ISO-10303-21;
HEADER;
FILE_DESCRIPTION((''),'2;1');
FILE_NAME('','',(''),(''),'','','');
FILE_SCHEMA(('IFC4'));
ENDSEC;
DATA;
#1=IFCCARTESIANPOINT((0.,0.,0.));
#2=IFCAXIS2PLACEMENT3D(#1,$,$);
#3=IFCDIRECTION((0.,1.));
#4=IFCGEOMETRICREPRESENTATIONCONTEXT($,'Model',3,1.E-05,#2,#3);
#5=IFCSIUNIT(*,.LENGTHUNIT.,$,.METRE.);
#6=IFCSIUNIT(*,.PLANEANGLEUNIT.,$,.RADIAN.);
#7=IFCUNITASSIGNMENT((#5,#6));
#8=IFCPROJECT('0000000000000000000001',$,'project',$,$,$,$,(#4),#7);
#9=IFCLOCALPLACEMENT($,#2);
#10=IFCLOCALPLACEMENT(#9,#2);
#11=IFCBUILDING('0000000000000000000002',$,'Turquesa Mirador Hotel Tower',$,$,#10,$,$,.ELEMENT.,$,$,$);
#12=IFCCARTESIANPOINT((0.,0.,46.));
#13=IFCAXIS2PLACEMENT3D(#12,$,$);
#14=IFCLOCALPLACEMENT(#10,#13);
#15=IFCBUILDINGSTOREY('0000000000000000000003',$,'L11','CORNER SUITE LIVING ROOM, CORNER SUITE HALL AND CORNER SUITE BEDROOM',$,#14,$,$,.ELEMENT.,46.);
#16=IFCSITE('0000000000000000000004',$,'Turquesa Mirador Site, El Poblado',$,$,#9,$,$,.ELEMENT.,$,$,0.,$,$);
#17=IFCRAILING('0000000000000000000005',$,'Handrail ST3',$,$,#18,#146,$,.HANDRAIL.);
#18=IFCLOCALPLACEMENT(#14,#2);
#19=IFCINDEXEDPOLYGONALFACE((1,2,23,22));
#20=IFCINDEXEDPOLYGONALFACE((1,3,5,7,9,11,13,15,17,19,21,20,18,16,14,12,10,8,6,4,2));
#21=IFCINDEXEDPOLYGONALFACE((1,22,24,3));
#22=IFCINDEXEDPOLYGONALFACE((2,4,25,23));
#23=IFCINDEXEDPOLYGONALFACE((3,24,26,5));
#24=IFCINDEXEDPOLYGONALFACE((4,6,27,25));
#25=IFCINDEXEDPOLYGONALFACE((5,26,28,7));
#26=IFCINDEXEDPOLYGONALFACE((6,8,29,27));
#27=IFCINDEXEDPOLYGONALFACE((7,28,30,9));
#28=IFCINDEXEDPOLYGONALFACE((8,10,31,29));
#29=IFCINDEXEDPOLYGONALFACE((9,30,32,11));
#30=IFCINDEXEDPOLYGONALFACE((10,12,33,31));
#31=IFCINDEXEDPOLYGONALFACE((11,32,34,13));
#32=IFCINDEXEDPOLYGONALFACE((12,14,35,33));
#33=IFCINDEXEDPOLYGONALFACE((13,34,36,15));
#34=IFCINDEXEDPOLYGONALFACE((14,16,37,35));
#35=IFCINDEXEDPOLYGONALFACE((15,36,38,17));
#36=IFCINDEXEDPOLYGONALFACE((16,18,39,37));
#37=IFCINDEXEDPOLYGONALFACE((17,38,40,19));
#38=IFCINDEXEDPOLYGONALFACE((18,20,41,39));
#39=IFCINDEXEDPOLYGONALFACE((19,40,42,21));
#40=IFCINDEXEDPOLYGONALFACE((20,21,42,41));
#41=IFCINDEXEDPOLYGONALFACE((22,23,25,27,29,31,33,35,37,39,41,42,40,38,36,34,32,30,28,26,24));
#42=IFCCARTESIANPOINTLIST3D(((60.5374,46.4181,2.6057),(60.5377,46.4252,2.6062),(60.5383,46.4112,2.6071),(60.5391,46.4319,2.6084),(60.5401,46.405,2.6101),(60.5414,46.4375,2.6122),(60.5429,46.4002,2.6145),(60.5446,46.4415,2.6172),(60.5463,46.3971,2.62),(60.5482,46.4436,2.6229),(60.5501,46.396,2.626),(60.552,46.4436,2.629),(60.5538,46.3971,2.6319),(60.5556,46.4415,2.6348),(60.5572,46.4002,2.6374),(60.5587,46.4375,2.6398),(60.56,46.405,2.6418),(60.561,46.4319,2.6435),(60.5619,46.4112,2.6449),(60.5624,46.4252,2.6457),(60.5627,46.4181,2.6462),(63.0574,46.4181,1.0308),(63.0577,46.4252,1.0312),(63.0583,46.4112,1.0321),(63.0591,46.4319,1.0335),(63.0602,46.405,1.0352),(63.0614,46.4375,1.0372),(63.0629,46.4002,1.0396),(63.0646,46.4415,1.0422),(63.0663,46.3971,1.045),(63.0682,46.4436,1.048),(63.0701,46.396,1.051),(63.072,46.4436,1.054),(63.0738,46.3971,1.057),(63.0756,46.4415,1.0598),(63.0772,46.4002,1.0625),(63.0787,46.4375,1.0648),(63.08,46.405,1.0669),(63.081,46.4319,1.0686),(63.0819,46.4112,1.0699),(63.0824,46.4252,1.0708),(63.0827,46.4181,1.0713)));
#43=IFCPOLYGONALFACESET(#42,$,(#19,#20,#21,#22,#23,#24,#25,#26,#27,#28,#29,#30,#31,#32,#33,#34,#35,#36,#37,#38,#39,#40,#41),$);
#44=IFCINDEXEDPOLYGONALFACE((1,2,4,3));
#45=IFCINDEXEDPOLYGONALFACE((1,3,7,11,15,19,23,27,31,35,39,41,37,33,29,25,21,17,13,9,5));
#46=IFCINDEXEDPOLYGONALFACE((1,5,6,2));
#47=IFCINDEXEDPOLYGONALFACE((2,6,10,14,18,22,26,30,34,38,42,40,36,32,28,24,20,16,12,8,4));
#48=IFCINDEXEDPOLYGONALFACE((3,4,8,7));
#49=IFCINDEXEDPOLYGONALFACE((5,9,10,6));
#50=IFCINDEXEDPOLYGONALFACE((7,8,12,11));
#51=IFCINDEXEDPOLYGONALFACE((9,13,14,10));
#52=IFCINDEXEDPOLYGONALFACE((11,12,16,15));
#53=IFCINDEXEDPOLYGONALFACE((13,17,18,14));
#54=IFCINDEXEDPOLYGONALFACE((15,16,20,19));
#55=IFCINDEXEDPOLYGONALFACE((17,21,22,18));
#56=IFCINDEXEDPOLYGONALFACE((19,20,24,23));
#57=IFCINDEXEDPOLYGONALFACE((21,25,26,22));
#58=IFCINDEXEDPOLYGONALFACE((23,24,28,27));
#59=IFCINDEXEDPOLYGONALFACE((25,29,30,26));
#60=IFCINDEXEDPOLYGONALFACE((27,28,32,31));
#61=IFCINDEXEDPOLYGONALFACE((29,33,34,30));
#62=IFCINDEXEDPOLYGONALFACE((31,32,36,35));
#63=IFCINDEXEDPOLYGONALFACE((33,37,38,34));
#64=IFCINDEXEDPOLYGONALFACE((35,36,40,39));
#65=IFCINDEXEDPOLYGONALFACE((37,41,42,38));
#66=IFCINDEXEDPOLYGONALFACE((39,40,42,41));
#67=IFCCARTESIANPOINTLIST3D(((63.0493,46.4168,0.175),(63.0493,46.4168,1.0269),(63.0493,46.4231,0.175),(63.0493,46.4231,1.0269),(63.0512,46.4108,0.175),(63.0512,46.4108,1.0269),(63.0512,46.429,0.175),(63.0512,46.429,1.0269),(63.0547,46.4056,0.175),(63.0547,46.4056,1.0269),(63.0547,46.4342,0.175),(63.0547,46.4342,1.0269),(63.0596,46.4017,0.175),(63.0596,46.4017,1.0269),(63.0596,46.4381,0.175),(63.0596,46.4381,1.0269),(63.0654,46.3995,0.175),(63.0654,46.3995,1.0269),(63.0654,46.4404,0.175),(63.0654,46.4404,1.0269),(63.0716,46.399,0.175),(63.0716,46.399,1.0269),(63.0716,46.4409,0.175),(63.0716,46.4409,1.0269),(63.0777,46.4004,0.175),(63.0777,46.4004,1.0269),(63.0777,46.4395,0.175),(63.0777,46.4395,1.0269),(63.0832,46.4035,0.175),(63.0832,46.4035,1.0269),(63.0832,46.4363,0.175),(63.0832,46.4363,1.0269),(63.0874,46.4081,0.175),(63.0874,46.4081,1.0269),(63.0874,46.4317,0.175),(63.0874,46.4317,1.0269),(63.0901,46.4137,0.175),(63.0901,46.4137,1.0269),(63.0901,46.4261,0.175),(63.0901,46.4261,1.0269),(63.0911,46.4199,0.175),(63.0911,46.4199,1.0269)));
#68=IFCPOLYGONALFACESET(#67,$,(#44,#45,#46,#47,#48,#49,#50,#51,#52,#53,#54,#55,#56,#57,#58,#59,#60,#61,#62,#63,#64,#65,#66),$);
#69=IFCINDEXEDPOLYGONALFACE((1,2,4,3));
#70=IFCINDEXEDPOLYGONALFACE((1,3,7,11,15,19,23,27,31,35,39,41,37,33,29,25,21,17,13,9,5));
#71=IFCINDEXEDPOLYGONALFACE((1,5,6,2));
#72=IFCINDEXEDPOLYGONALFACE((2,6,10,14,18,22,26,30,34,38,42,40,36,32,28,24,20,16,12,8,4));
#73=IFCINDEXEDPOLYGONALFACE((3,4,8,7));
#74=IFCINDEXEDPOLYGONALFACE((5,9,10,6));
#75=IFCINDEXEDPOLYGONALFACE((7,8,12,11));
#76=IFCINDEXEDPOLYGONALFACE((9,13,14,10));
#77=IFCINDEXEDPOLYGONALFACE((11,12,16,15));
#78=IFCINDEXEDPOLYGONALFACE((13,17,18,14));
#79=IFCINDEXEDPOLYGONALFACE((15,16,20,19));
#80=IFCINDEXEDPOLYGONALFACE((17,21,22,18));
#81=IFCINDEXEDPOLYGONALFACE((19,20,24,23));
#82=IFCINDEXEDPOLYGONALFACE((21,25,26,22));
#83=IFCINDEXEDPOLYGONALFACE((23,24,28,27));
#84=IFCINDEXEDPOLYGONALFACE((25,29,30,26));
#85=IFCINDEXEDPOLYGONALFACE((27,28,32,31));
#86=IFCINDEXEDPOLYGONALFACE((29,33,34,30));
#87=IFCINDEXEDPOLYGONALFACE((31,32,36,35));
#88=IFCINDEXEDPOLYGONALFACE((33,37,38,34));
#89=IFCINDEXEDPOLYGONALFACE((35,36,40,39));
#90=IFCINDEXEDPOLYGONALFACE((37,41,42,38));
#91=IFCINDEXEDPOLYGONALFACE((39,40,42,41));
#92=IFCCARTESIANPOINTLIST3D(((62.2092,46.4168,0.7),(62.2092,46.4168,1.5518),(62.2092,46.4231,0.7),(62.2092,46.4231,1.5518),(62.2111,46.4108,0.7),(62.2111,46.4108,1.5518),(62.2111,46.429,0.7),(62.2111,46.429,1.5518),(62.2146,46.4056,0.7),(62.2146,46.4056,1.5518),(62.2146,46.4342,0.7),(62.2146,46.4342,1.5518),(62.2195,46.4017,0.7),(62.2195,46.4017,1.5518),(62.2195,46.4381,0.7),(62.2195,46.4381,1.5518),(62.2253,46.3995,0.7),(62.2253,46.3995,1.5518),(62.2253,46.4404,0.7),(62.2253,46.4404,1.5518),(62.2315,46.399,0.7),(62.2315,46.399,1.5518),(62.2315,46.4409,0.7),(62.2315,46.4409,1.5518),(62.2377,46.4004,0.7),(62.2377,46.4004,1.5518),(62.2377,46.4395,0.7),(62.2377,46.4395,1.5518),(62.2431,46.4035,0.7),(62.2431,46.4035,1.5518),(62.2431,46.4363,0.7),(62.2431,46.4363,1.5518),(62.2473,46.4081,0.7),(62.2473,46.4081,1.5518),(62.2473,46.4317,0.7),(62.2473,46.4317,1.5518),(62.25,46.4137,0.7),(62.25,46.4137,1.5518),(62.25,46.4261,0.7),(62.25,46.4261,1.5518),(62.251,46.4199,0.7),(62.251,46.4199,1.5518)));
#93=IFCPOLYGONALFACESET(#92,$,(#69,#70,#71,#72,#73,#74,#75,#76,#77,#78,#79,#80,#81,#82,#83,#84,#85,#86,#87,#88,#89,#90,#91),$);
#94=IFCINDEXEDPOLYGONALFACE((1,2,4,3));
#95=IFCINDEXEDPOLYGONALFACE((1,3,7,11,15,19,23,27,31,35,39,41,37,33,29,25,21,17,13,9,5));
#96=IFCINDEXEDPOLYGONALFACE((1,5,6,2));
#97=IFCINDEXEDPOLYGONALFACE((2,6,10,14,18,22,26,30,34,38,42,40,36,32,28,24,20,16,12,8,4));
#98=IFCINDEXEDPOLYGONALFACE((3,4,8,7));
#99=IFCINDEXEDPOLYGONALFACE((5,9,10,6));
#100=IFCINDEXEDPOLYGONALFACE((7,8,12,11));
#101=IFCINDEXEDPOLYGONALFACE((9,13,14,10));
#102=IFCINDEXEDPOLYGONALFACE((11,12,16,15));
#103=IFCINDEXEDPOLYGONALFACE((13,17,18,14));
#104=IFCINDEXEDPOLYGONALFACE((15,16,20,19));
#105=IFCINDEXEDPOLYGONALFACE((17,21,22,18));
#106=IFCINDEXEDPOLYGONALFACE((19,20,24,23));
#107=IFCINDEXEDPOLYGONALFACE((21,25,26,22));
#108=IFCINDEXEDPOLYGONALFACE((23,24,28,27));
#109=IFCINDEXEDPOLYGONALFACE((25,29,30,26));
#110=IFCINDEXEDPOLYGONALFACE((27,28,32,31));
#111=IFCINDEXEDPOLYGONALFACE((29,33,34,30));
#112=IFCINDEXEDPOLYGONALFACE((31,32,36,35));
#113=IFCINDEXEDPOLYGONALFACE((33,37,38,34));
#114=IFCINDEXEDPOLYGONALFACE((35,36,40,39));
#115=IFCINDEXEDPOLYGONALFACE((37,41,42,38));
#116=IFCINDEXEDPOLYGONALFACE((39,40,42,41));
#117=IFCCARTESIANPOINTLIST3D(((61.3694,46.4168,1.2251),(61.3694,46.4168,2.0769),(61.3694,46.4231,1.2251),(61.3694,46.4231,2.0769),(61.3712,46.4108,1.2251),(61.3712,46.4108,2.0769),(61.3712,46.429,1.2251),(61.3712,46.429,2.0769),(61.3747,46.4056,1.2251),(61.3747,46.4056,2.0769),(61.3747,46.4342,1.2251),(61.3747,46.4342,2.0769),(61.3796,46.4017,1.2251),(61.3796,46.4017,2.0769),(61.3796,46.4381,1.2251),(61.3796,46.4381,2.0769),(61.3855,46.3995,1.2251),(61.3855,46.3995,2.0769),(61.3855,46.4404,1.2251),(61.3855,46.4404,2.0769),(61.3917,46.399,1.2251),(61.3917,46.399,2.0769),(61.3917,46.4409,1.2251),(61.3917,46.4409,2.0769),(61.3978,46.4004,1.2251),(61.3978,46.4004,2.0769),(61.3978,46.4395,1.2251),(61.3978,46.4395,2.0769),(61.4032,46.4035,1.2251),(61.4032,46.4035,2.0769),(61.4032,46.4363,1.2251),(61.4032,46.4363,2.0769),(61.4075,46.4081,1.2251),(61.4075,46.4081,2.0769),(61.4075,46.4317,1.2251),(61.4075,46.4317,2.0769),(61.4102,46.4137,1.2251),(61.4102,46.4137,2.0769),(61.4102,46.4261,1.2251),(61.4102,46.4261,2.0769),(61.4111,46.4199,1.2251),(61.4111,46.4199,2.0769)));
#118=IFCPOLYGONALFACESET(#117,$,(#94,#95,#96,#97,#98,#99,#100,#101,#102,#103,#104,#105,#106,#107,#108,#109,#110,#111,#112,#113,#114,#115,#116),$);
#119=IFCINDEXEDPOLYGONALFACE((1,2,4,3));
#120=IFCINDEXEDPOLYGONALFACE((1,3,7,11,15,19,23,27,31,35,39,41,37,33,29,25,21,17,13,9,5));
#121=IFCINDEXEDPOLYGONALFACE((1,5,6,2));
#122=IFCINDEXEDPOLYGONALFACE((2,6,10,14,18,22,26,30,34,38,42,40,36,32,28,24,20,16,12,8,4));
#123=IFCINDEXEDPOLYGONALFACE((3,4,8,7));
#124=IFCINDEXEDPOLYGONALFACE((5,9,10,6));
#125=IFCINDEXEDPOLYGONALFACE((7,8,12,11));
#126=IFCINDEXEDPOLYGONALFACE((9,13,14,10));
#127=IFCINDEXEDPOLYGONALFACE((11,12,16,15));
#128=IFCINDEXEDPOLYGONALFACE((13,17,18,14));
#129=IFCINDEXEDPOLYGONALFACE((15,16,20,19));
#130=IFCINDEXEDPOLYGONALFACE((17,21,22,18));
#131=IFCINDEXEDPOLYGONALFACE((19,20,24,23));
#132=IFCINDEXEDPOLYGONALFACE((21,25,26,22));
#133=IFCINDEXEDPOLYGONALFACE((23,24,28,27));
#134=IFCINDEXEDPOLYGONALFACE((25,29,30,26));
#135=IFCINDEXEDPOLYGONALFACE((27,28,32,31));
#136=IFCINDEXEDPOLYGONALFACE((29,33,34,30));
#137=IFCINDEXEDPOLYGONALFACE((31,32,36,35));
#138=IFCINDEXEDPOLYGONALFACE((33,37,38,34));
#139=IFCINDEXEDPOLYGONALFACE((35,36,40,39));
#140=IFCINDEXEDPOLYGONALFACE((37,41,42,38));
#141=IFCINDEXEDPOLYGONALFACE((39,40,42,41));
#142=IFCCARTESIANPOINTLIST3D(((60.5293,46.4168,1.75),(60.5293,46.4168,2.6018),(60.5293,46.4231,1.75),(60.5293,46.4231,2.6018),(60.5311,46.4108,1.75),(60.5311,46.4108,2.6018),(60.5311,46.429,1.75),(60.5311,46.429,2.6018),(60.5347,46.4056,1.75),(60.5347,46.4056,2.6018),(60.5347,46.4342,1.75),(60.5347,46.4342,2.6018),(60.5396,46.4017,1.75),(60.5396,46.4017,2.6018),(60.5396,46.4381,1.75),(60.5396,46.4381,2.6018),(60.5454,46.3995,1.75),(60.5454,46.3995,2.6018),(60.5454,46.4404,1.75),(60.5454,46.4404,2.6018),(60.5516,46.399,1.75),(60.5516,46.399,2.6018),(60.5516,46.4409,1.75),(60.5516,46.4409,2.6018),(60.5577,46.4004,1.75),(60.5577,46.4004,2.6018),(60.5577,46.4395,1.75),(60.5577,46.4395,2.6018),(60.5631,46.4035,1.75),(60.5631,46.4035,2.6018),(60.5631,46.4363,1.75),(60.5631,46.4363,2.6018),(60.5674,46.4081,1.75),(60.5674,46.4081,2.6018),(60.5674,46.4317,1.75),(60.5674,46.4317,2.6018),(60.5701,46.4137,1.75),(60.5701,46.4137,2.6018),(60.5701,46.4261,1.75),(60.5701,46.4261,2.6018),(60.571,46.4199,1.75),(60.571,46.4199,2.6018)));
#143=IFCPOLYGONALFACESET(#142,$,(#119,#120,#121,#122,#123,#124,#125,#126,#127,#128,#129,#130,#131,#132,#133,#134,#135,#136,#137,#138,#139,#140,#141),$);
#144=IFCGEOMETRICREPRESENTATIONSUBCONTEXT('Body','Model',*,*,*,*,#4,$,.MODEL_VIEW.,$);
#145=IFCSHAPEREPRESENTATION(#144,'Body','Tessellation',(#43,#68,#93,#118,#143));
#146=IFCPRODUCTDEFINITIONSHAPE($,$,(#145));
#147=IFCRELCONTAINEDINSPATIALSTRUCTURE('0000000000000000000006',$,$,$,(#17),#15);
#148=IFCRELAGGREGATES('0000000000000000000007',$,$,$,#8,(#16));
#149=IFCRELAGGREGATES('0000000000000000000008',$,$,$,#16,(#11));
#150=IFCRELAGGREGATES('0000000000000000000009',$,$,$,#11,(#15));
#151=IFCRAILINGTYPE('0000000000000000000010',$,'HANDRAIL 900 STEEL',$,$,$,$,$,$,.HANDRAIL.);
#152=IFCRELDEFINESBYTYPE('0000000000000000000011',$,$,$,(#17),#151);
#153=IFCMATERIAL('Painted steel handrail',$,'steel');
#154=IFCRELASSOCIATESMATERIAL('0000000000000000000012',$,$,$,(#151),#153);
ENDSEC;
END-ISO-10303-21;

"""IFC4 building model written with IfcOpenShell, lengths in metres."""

from ifc_helpers import new_model, si_unit, direction, frame, origin, origin_2d, place, context, subcontext, project, spatial, circle, extrude, material, type_object, element, save


model = new_model("IFC4")

# Units and contexts
model_context = context("Model", 3, precision=1e-05, world=origin(), true_north=direction((0.0, 1.0)))
body_context = subcontext(model_context, "Body", "Model", "MODEL_VIEW")
ifc_project = project(units=[si_unit("LENGTHUNIT", "METRE"), si_unit("PLANEANGLEUNIT", "RADIAN")], contexts=[model_context])

# Site, building, storey
site_placement = place(None, origin())
site = spatial("IfcSite", under=ifc_project, at=site_placement, Name="Turquesa Mirador Site, El Poblado", CompositionType="ELEMENT", RefElevation=0.0)
building_placement = place(site_placement, origin())
building = spatial("IfcBuilding", under=site, at=building_placement, Name="Turquesa Mirador Hotel Tower", CompositionType="ELEMENT")
storey_placement = place(building_placement, frame((0.0, 0.0, 46.0)))
storey = spatial("IfcBuildingStorey", under=building, at=storey_placement, Name="L11", Description="CORNER SUITE LIVING ROOM, CORNER SUITE HALL AND CORNER SUITE BEDROOM", CompositionType="ELEMENT", Elevation=46.0)

# Railing
ifc_material_1 = material(Name="Painted steel handrail", Category="steel")
railing_type = type_object("IfcRailingType", Name="HANDRAIL 900 STEEL", PredefinedType="HANDRAIL", material=ifc_material_1)
railing_1_placement = place(storey_placement, frame((63.0701, 46.4199, 0.175)))
element("IfcRailing", 1, at=railing_1_placement, inside=storey, type_object=railing_type, Name="Handrail ST3", PredefinedType="HANDRAIL", context=body_context, shape_type="SweptSolid", body=[
    extrude(circle(Radius=0.0239, at=origin_2d()), frame((0.0, 0.0, 0.876), z_axis=(-0.848008, 0.0, 0.529984), x_axis=(0.0, -1.0, 0.0)), (0.0, 0.0, 1.0), 2.9717),
    extrude(circle(Radius=0.021, at=origin_2d()), origin(), (0.0, 0.0, 1.0), 0.8518),
    extrude(circle(Radius=0.021, at=origin_2d()), frame((-0.8401, 0.0, 0.5249)), (0.0, 0.0, 1.0), 0.8518),
    extrude(circle(Radius=0.021, at=origin_2d()), frame((-1.6799, 0.0, 1.05)), (0.0, 0.0, 1.0), 0.8518),
    extrude(circle(Radius=0.021, at=origin_2d()), frame((-2.52, 0.0, 1.575)), (0.0, 0.0, 1.0), 0.8518),
])

save(model, "model.ifc")
